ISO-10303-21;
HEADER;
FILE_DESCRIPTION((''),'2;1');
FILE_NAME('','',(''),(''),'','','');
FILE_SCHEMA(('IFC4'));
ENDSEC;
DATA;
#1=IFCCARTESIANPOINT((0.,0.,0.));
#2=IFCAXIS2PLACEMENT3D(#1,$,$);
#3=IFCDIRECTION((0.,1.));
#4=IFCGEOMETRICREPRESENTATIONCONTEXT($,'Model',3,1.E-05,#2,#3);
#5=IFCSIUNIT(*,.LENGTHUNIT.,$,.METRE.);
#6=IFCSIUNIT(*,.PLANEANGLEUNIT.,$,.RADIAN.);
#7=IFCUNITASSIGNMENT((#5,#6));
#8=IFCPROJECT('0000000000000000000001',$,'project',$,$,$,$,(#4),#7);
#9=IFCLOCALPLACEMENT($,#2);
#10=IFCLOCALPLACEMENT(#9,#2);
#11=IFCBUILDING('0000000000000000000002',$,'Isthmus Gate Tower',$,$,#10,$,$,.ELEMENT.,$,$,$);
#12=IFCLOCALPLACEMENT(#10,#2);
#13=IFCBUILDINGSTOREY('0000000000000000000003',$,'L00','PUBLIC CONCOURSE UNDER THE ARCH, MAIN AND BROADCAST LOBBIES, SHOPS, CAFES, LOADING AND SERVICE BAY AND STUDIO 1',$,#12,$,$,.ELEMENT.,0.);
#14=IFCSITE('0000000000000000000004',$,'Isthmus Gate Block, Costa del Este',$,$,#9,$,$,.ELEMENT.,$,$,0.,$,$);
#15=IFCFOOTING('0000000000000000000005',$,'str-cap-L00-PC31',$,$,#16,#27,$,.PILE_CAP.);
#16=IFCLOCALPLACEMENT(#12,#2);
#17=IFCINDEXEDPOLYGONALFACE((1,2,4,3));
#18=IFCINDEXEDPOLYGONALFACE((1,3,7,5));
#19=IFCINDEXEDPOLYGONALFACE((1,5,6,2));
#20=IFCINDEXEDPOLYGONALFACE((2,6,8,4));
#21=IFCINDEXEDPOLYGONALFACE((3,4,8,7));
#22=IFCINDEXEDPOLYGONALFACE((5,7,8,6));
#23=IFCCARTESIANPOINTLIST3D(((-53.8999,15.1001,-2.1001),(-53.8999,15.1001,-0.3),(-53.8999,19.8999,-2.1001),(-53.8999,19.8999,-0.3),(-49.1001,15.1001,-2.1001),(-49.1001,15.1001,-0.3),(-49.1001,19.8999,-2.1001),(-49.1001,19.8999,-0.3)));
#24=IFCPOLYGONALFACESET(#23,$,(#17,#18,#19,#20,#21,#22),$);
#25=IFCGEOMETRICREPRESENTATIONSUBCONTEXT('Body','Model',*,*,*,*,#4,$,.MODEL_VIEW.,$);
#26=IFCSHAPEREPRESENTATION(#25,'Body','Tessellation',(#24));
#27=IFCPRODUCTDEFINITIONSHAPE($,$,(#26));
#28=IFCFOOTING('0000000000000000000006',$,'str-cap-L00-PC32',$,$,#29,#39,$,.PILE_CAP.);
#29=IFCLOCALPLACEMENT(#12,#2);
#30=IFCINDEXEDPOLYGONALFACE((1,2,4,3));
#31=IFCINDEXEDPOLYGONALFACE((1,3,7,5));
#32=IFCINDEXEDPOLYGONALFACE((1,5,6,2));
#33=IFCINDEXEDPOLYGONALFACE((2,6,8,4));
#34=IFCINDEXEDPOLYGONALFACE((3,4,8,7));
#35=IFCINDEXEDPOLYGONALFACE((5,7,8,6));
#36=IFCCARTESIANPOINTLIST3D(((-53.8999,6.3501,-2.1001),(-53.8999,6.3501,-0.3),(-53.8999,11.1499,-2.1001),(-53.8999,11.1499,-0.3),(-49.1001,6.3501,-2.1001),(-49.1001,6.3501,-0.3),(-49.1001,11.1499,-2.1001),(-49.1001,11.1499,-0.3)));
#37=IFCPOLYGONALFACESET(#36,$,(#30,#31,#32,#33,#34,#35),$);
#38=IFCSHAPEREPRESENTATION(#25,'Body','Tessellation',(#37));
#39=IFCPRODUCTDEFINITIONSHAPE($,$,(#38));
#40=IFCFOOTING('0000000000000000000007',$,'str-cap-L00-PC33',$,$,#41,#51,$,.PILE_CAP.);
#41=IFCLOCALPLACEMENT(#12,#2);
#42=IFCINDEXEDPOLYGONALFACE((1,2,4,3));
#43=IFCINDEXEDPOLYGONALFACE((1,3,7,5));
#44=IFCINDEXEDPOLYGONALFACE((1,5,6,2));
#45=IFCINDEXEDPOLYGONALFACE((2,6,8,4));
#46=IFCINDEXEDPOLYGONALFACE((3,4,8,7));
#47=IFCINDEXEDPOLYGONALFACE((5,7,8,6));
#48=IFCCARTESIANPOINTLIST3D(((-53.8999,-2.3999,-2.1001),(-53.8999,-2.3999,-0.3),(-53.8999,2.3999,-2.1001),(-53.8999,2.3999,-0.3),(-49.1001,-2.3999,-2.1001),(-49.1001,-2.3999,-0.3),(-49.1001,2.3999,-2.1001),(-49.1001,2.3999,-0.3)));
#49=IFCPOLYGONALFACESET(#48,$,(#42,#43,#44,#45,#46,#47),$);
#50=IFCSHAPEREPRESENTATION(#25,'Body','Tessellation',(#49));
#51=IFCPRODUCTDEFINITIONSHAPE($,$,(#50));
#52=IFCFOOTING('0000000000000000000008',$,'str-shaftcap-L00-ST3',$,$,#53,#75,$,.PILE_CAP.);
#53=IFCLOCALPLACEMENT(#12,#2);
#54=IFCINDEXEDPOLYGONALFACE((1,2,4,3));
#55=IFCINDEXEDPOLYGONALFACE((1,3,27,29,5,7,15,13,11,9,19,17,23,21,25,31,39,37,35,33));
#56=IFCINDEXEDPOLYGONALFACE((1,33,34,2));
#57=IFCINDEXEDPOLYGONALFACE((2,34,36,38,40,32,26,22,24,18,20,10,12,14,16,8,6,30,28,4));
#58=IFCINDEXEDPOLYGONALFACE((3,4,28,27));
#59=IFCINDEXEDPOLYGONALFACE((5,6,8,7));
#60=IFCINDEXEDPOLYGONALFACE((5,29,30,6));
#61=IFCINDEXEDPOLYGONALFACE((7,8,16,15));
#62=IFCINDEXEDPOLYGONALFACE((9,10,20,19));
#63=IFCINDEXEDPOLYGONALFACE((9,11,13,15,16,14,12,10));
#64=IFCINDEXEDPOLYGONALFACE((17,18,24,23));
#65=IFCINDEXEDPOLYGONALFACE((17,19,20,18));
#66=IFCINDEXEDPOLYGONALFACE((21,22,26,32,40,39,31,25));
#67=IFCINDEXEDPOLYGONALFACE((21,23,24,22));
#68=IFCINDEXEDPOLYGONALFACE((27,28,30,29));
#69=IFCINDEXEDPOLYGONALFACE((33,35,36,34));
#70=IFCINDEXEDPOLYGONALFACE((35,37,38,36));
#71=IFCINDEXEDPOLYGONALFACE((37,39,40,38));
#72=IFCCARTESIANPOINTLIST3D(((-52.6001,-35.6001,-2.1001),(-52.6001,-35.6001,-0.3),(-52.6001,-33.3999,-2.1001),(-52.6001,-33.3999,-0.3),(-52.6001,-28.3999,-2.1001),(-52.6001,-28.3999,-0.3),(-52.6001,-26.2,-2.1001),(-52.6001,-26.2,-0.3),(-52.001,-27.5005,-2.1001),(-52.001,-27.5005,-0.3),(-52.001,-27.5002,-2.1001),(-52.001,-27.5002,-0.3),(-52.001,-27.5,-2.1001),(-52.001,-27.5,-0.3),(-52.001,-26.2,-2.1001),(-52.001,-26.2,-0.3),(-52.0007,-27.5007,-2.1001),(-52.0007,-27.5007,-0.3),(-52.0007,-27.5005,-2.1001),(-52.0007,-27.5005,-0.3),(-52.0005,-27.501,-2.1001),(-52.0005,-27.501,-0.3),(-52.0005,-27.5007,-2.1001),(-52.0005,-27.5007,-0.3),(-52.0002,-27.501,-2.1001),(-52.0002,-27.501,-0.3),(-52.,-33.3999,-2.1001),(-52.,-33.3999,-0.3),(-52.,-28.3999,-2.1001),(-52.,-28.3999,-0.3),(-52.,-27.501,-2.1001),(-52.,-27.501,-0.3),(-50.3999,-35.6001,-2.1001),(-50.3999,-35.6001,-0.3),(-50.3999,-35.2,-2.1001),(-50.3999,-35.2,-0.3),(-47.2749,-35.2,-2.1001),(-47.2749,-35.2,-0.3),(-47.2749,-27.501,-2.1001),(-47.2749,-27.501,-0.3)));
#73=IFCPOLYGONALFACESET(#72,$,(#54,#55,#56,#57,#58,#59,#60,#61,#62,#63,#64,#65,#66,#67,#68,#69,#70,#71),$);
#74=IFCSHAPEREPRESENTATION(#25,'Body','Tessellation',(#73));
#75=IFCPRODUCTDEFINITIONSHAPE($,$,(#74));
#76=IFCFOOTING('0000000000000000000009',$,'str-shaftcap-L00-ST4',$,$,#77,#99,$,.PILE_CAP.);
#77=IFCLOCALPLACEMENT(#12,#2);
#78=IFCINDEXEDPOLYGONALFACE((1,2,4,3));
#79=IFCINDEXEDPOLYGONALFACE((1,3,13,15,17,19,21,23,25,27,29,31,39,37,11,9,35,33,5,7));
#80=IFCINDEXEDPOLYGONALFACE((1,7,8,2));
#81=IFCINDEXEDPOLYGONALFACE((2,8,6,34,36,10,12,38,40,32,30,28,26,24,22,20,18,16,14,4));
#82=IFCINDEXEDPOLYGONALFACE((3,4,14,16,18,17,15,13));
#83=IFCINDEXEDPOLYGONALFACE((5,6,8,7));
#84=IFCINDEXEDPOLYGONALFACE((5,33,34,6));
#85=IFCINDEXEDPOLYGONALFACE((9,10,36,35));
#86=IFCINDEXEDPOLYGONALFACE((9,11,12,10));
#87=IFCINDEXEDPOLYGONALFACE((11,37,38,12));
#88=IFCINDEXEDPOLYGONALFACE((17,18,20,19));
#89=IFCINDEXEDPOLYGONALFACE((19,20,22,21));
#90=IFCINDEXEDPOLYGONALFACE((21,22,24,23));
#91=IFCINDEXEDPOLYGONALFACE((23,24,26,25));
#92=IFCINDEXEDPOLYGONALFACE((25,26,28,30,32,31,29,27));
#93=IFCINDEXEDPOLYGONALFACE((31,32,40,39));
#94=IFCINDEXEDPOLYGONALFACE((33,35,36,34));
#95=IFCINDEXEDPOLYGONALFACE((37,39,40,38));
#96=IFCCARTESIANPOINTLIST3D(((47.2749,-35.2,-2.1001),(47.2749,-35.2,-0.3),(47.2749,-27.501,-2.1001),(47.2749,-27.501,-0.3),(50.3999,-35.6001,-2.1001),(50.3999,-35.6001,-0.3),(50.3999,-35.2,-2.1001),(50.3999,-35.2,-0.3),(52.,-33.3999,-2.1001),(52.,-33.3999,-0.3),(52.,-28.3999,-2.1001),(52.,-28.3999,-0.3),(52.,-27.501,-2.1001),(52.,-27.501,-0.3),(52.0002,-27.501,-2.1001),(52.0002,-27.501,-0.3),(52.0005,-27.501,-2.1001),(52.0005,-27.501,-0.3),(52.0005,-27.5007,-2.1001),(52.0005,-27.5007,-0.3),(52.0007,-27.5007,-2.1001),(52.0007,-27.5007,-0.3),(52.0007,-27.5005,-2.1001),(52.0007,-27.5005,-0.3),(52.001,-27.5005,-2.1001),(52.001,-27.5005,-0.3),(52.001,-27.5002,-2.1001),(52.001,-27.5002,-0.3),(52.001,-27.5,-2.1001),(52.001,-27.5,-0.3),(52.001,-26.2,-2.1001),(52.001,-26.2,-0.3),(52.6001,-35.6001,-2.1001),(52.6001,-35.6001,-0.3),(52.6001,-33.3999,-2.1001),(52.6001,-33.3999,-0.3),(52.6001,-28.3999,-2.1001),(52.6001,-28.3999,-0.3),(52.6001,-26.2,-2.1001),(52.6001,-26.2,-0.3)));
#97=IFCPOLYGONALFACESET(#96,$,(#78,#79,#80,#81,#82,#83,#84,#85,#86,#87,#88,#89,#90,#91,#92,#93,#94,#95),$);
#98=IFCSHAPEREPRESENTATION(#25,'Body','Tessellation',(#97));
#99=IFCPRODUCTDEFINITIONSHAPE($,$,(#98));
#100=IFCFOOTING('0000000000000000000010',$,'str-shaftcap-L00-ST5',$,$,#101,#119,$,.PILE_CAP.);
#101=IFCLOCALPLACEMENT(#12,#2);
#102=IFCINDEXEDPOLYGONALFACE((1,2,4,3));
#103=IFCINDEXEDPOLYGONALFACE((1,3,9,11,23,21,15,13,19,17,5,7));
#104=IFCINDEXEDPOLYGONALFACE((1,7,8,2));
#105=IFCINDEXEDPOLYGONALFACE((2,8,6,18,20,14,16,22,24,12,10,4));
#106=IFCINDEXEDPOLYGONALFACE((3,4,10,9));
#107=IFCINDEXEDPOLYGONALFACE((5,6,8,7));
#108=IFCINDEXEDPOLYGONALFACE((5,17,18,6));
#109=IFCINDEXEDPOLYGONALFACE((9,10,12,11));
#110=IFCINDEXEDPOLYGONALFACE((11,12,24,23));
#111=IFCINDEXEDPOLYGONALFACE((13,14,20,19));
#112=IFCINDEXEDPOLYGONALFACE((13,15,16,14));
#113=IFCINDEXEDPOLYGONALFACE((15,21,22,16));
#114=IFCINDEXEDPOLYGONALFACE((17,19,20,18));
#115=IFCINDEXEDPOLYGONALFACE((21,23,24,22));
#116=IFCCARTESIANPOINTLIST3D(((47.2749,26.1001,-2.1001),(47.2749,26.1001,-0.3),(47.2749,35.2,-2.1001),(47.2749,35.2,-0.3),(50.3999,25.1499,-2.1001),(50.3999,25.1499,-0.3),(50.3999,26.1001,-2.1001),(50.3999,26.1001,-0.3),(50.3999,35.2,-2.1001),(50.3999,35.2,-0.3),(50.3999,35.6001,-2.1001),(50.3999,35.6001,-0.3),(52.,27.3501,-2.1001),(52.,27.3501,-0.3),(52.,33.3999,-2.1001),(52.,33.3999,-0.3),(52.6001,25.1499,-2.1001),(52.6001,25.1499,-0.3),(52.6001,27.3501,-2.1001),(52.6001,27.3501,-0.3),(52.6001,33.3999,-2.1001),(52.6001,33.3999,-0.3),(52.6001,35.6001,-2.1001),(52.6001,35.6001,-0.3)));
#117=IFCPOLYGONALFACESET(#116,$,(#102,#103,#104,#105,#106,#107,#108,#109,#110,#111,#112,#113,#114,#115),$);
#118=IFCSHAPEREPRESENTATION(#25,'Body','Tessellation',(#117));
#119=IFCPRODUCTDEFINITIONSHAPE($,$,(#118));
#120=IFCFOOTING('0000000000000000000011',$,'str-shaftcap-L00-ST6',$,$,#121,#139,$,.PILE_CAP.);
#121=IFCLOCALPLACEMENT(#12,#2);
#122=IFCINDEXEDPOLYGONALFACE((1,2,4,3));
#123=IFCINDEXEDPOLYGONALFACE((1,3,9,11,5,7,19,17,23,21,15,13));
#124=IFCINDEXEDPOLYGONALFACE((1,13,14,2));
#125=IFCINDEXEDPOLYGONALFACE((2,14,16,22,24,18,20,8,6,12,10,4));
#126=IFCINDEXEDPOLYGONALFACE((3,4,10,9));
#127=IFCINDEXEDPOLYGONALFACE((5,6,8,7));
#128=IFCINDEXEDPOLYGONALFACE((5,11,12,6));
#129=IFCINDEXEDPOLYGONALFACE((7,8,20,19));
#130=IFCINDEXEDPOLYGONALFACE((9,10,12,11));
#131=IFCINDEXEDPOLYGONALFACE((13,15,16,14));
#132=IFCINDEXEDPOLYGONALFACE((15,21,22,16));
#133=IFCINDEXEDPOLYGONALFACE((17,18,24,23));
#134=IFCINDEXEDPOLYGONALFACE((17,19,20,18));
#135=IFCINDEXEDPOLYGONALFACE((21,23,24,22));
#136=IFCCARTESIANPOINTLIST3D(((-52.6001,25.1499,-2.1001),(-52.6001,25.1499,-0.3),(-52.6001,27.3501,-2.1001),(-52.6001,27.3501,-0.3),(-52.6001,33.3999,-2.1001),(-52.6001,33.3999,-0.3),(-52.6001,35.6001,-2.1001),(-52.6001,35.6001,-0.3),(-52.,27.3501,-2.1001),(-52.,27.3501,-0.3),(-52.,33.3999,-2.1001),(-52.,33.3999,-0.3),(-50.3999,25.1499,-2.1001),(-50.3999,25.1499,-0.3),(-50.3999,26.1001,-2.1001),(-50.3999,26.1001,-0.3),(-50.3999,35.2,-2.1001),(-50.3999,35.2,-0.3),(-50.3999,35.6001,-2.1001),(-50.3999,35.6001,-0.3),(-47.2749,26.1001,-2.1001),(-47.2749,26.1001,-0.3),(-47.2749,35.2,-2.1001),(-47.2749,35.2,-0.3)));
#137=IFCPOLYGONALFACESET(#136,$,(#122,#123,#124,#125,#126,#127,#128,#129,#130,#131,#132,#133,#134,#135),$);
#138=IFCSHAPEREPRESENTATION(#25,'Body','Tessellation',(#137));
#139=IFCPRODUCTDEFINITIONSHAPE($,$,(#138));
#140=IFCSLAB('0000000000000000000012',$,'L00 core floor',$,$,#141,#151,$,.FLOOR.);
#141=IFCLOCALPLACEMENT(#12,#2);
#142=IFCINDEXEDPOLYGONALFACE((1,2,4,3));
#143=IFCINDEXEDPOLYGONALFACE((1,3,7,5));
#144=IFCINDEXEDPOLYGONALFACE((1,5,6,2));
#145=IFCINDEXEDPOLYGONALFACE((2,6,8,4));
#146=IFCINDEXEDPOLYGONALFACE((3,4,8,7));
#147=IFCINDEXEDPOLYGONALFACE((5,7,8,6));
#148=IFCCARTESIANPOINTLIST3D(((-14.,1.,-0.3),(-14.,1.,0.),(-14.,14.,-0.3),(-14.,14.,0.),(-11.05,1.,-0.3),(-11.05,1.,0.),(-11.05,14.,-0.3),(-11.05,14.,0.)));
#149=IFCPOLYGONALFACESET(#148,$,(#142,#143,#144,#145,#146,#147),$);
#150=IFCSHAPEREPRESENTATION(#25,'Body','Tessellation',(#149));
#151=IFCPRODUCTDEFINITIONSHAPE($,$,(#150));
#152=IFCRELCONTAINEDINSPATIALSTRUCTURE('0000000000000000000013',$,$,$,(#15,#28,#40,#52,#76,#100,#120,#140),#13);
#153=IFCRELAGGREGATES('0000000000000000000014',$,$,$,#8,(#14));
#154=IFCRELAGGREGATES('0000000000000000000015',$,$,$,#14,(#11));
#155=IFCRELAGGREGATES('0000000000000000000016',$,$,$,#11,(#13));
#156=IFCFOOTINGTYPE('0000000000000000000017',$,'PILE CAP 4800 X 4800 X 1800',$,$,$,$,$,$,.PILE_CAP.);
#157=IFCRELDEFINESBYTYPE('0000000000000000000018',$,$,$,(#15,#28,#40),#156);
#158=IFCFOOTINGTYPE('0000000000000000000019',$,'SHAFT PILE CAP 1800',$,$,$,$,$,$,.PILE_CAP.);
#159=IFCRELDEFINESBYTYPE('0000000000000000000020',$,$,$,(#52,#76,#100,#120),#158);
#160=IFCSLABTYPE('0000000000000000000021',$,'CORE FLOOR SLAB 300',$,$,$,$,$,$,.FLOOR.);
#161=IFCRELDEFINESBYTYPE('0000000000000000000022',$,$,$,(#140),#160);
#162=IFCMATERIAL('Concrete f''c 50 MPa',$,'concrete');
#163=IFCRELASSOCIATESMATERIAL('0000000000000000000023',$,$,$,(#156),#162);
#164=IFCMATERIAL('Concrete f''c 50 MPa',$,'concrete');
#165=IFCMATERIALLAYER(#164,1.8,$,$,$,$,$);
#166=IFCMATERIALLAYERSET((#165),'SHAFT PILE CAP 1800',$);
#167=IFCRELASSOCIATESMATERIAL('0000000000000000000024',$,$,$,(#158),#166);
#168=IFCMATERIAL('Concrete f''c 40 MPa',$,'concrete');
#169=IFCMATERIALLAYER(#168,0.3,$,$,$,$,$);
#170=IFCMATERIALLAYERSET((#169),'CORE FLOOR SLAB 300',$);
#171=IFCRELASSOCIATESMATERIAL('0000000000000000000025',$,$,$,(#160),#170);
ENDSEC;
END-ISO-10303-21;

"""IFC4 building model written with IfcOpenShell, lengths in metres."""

from ifc_helpers import new_model, si_unit, direction, frame, origin, place, context, subcontext, project, spatial, polyline, outline, extrude, material, layer, layer_set, type_object, element, save


model = new_model("IFC4")

# Units and contexts
model_context = context("Model", 3, precision=1e-05, world=origin(), true_north=direction((0.0, 1.0)))
body_context = subcontext(model_context, "Body", "Model", "MODEL_VIEW")
ifc_project = project(units=[si_unit("LENGTHUNIT", "METRE"), si_unit("PLANEANGLEUNIT", "RADIAN")], contexts=[model_context])

# Site, building, storey
site_placement = place(None, origin())
site = spatial("IfcSite", under=ifc_project, at=site_placement, Name="Isthmus Gate Block, Costa del Este", CompositionType="ELEMENT", RefElevation=0.0)
building_placement = place(site_placement, origin())
building = spatial("IfcBuilding", under=site, at=building_placement, Name="Isthmus Gate Tower", CompositionType="ELEMENT")
storey_placement = place(building_placement, origin())
storey = spatial("IfcBuildingStorey", under=building, at=storey_placement, Name="L00", Description="PUBLIC CONCOURSE UNDER THE ARCH, MAIN AND BROADCAST LOBBIES, SHOPS, CAFES, LOADING AND SERVICE BAY AND STUDIO 1", CompositionType="ELEMENT", Elevation=0.0)

# Footings
ifc_material_1 = material(Name="Concrete f'c 50 MPa", Category="concrete")
footing_type_1 = type_object("IfcFootingType", Name="PILE CAP 4800 X 4800 X 1800", PredefinedType="PILE_CAP", material=ifc_material_1)
footing_1_placement = place(storey_placement, frame((0.0, 0.0, -2.1001)))
element("IfcFooting", 1, at=footing_1_placement, inside=storey, type_object=footing_type_1, Name="str-cap-L00-PC31", PredefinedType="PILE_CAP", context=body_context, shape_type="SweptSolid", body=[
    extrude(outline(polyline([(-49.1001, 15.1001), (-49.1001, 19.8999), (-53.8999, 19.8999), (-53.8999, 15.1001), (-49.1001, 15.1001)])), origin(), (0.0, 0.0, 1.0), 1.8),
])
footing_2_placement = place(storey_placement, frame((0.0, 0.0, -2.1001)))
element("IfcFooting", 2, at=footing_2_placement, inside=storey, type_object=footing_type_1, Name="str-cap-L00-PC32", PredefinedType="PILE_CAP", context=body_context, shape_type="SweptSolid", body=[
    extrude(outline(polyline([(-49.1001, 6.3501), (-49.1001, 11.1499), (-53.8999, 11.1499), (-53.8999, 6.3501), (-49.1001, 6.3501)])), origin(), (0.0, 0.0, 1.0), 1.8),
])
footing_3_placement = place(storey_placement, frame((0.0, 0.0, -2.1001)))
element("IfcFooting", 3, at=footing_3_placement, inside=storey, type_object=footing_type_1, Name="str-cap-L00-PC33", PredefinedType="PILE_CAP", context=body_context, shape_type="SweptSolid", body=[
    extrude(outline(polyline([(-49.1001, -2.3999), (-49.1001, 2.3999), (-53.8999, 2.3999), (-53.8999, -2.3999), (-49.1001, -2.3999)])), origin(), (0.0, 0.0, 1.0), 1.8),
])
ifc_material_2 = material(Name="Concrete f'c 50 MPa", Category="concrete")
ifc_layer_1 = layer(ifc_material_2, 1.8)
ifc_layer_set_1 = layer_set([ifc_layer_1], Name="SHAFT PILE CAP 1800")
footing_type_2 = type_object("IfcFootingType", Name="SHAFT PILE CAP 1800", PredefinedType="PILE_CAP", material=ifc_layer_set_1)
footing_4_placement = place(storey_placement, frame((0.0, 0.0, -2.1001)))
element("IfcFooting", 4, at=footing_4_placement, inside=storey, type_object=footing_type_2, Name="str-shaftcap-L00-ST3", PredefinedType="PILE_CAP", context=body_context, shape_type="SweptSolid", body=[
    extrude(outline(polyline([(-50.3999, -35.2), (-50.3999, -35.6001), (-52.6001, -35.6001), (-52.6001, -33.3999), (-52.0, -33.3999), (-52.0, -28.3999), (-52.6001, -28.3999), (-52.6001, -26.2), (-52.001, -26.2), (-52.001, -27.5), (-52.001, -27.5), (-52.001, -27.5002), (-52.001, -27.5002), (-52.001, -27.5005), (-52.001, -27.5005), (-52.0007, -27.5005), (-52.0007, -27.5005), (-52.0007, -27.5007), (-52.0005, -27.5007), (-52.0005, -27.5007), (-52.0005, -27.501), (-52.0005, -27.501), (-52.0002, -27.501), (-52.0002, -27.501), (-52.0, -27.501), (-52.0, -27.501), (-47.2749, -27.501), (-47.2749, -35.2), (-50.3999, -35.2)])), origin(), (0.0, 0.0, 1.0), 1.8),
])
footing_5_placement = place(storey_placement, frame((0.0, 0.0, -2.1001)))
element("IfcFooting", 5, at=footing_5_placement, inside=storey, type_object=footing_type_2, Name="str-shaftcap-L00-ST4", PredefinedType="PILE_CAP", context=body_context, shape_type="SweptSolid", body=[
    extrude(outline(polyline([(52.6001, -28.3999), (52.0, -28.3999), (52.0, -33.3999), (52.6001, -33.3999), (52.6001, -35.6001), (50.3999, -35.6001), (50.3999, -35.2), (47.2749, -35.2), (47.2749, -27.501), (52.0, -27.501), (52.0, -27.501), (52.0002, -27.501), (52.0002, -27.501), (52.0005, -27.501), (52.0005, -27.501), (52.0005, -27.5007), (52.0005, -27.5007), (52.0007, -27.5007), (52.0007, -27.5005), (52.0007, -27.5005), (52.001, -27.5005), (52.001, -27.5005), (52.001, -27.5002), (52.001, -27.5002), (52.001, -27.5), (52.001, -27.5), (52.001, -26.2), (52.6001, -26.2), (52.6001, -28.3999)])), origin(), (0.0, 0.0, 1.0), 1.8),
])
footing_6_placement = place(storey_placement, frame((0.0, 0.0, -2.1001)))
element("IfcFooting", 6, at=footing_6_placement, inside=storey, type_object=footing_type_2, Name="str-shaftcap-L00-ST5", PredefinedType="PILE_CAP", context=body_context, shape_type="SweptSolid", body=[
    extrude(outline(polyline([(50.3999, 35.6001), (52.6001, 35.6001), (52.6001, 33.3999), (52.0, 33.3999), (52.0, 27.3501), (52.6001, 27.3501), (52.6001, 25.1499), (50.3999, 25.1499), (50.3999, 26.1001), (47.2749, 26.1001), (47.2749, 35.2), (50.3999, 35.2), (50.3999, 35.6001)])), origin(), (0.0, 0.0, 1.0), 1.8),
])
footing_7_placement = place(storey_placement, frame((0.0, 0.0, -2.1001)))
element("IfcFooting", 7, at=footing_7_placement, inside=storey, type_object=footing_type_2, Name="str-shaftcap-L00-ST6", PredefinedType="PILE_CAP", context=body_context, shape_type="SweptSolid", body=[
    extrude(outline(polyline([(-50.3999, 25.1499), (-52.6001, 25.1499), (-52.6001, 27.3501), (-52.0, 27.3501), (-52.0, 33.3999), (-52.6001, 33.3999), (-52.6001, 35.6001), (-50.3999, 35.6001), (-50.3999, 35.2), (-47.2749, 35.2), (-47.2749, 26.1001), (-50.3999, 26.1001), (-50.3999, 25.1499)])), origin(), (0.0, 0.0, 1.0), 1.8),
])

# Slab
ifc_material_3 = material(Name="Concrete f'c 40 MPa", Category="concrete")
ifc_layer_2 = layer(ifc_material_3, 0.3)
ifc_layer_set_2 = layer_set([ifc_layer_2], Name="CORE FLOOR SLAB 300")
slab_type_1 = type_object("IfcSlabType", Name="CORE FLOOR SLAB 300", PredefinedType="FLOOR", material=ifc_layer_set_2)
slab_1_placement = place(storey_placement, frame((0.0, 0.0, -0.3)))
element("IfcSlab", 8, at=slab_1_placement, inside=storey, type_object=slab_type_1, Name="L00 core floor", PredefinedType="FLOOR", context=body_context, shape_type="SweptSolid", body=[
    extrude(outline(polyline([(-14.0, 1.0), (-11.05, 1.0), (-11.05, 14.0), (-14.0, 14.0), (-14.0, 1.0)])), origin(), (0.0, 0.0, 1.0), 0.3),
])

save(model, "model.ifc")
